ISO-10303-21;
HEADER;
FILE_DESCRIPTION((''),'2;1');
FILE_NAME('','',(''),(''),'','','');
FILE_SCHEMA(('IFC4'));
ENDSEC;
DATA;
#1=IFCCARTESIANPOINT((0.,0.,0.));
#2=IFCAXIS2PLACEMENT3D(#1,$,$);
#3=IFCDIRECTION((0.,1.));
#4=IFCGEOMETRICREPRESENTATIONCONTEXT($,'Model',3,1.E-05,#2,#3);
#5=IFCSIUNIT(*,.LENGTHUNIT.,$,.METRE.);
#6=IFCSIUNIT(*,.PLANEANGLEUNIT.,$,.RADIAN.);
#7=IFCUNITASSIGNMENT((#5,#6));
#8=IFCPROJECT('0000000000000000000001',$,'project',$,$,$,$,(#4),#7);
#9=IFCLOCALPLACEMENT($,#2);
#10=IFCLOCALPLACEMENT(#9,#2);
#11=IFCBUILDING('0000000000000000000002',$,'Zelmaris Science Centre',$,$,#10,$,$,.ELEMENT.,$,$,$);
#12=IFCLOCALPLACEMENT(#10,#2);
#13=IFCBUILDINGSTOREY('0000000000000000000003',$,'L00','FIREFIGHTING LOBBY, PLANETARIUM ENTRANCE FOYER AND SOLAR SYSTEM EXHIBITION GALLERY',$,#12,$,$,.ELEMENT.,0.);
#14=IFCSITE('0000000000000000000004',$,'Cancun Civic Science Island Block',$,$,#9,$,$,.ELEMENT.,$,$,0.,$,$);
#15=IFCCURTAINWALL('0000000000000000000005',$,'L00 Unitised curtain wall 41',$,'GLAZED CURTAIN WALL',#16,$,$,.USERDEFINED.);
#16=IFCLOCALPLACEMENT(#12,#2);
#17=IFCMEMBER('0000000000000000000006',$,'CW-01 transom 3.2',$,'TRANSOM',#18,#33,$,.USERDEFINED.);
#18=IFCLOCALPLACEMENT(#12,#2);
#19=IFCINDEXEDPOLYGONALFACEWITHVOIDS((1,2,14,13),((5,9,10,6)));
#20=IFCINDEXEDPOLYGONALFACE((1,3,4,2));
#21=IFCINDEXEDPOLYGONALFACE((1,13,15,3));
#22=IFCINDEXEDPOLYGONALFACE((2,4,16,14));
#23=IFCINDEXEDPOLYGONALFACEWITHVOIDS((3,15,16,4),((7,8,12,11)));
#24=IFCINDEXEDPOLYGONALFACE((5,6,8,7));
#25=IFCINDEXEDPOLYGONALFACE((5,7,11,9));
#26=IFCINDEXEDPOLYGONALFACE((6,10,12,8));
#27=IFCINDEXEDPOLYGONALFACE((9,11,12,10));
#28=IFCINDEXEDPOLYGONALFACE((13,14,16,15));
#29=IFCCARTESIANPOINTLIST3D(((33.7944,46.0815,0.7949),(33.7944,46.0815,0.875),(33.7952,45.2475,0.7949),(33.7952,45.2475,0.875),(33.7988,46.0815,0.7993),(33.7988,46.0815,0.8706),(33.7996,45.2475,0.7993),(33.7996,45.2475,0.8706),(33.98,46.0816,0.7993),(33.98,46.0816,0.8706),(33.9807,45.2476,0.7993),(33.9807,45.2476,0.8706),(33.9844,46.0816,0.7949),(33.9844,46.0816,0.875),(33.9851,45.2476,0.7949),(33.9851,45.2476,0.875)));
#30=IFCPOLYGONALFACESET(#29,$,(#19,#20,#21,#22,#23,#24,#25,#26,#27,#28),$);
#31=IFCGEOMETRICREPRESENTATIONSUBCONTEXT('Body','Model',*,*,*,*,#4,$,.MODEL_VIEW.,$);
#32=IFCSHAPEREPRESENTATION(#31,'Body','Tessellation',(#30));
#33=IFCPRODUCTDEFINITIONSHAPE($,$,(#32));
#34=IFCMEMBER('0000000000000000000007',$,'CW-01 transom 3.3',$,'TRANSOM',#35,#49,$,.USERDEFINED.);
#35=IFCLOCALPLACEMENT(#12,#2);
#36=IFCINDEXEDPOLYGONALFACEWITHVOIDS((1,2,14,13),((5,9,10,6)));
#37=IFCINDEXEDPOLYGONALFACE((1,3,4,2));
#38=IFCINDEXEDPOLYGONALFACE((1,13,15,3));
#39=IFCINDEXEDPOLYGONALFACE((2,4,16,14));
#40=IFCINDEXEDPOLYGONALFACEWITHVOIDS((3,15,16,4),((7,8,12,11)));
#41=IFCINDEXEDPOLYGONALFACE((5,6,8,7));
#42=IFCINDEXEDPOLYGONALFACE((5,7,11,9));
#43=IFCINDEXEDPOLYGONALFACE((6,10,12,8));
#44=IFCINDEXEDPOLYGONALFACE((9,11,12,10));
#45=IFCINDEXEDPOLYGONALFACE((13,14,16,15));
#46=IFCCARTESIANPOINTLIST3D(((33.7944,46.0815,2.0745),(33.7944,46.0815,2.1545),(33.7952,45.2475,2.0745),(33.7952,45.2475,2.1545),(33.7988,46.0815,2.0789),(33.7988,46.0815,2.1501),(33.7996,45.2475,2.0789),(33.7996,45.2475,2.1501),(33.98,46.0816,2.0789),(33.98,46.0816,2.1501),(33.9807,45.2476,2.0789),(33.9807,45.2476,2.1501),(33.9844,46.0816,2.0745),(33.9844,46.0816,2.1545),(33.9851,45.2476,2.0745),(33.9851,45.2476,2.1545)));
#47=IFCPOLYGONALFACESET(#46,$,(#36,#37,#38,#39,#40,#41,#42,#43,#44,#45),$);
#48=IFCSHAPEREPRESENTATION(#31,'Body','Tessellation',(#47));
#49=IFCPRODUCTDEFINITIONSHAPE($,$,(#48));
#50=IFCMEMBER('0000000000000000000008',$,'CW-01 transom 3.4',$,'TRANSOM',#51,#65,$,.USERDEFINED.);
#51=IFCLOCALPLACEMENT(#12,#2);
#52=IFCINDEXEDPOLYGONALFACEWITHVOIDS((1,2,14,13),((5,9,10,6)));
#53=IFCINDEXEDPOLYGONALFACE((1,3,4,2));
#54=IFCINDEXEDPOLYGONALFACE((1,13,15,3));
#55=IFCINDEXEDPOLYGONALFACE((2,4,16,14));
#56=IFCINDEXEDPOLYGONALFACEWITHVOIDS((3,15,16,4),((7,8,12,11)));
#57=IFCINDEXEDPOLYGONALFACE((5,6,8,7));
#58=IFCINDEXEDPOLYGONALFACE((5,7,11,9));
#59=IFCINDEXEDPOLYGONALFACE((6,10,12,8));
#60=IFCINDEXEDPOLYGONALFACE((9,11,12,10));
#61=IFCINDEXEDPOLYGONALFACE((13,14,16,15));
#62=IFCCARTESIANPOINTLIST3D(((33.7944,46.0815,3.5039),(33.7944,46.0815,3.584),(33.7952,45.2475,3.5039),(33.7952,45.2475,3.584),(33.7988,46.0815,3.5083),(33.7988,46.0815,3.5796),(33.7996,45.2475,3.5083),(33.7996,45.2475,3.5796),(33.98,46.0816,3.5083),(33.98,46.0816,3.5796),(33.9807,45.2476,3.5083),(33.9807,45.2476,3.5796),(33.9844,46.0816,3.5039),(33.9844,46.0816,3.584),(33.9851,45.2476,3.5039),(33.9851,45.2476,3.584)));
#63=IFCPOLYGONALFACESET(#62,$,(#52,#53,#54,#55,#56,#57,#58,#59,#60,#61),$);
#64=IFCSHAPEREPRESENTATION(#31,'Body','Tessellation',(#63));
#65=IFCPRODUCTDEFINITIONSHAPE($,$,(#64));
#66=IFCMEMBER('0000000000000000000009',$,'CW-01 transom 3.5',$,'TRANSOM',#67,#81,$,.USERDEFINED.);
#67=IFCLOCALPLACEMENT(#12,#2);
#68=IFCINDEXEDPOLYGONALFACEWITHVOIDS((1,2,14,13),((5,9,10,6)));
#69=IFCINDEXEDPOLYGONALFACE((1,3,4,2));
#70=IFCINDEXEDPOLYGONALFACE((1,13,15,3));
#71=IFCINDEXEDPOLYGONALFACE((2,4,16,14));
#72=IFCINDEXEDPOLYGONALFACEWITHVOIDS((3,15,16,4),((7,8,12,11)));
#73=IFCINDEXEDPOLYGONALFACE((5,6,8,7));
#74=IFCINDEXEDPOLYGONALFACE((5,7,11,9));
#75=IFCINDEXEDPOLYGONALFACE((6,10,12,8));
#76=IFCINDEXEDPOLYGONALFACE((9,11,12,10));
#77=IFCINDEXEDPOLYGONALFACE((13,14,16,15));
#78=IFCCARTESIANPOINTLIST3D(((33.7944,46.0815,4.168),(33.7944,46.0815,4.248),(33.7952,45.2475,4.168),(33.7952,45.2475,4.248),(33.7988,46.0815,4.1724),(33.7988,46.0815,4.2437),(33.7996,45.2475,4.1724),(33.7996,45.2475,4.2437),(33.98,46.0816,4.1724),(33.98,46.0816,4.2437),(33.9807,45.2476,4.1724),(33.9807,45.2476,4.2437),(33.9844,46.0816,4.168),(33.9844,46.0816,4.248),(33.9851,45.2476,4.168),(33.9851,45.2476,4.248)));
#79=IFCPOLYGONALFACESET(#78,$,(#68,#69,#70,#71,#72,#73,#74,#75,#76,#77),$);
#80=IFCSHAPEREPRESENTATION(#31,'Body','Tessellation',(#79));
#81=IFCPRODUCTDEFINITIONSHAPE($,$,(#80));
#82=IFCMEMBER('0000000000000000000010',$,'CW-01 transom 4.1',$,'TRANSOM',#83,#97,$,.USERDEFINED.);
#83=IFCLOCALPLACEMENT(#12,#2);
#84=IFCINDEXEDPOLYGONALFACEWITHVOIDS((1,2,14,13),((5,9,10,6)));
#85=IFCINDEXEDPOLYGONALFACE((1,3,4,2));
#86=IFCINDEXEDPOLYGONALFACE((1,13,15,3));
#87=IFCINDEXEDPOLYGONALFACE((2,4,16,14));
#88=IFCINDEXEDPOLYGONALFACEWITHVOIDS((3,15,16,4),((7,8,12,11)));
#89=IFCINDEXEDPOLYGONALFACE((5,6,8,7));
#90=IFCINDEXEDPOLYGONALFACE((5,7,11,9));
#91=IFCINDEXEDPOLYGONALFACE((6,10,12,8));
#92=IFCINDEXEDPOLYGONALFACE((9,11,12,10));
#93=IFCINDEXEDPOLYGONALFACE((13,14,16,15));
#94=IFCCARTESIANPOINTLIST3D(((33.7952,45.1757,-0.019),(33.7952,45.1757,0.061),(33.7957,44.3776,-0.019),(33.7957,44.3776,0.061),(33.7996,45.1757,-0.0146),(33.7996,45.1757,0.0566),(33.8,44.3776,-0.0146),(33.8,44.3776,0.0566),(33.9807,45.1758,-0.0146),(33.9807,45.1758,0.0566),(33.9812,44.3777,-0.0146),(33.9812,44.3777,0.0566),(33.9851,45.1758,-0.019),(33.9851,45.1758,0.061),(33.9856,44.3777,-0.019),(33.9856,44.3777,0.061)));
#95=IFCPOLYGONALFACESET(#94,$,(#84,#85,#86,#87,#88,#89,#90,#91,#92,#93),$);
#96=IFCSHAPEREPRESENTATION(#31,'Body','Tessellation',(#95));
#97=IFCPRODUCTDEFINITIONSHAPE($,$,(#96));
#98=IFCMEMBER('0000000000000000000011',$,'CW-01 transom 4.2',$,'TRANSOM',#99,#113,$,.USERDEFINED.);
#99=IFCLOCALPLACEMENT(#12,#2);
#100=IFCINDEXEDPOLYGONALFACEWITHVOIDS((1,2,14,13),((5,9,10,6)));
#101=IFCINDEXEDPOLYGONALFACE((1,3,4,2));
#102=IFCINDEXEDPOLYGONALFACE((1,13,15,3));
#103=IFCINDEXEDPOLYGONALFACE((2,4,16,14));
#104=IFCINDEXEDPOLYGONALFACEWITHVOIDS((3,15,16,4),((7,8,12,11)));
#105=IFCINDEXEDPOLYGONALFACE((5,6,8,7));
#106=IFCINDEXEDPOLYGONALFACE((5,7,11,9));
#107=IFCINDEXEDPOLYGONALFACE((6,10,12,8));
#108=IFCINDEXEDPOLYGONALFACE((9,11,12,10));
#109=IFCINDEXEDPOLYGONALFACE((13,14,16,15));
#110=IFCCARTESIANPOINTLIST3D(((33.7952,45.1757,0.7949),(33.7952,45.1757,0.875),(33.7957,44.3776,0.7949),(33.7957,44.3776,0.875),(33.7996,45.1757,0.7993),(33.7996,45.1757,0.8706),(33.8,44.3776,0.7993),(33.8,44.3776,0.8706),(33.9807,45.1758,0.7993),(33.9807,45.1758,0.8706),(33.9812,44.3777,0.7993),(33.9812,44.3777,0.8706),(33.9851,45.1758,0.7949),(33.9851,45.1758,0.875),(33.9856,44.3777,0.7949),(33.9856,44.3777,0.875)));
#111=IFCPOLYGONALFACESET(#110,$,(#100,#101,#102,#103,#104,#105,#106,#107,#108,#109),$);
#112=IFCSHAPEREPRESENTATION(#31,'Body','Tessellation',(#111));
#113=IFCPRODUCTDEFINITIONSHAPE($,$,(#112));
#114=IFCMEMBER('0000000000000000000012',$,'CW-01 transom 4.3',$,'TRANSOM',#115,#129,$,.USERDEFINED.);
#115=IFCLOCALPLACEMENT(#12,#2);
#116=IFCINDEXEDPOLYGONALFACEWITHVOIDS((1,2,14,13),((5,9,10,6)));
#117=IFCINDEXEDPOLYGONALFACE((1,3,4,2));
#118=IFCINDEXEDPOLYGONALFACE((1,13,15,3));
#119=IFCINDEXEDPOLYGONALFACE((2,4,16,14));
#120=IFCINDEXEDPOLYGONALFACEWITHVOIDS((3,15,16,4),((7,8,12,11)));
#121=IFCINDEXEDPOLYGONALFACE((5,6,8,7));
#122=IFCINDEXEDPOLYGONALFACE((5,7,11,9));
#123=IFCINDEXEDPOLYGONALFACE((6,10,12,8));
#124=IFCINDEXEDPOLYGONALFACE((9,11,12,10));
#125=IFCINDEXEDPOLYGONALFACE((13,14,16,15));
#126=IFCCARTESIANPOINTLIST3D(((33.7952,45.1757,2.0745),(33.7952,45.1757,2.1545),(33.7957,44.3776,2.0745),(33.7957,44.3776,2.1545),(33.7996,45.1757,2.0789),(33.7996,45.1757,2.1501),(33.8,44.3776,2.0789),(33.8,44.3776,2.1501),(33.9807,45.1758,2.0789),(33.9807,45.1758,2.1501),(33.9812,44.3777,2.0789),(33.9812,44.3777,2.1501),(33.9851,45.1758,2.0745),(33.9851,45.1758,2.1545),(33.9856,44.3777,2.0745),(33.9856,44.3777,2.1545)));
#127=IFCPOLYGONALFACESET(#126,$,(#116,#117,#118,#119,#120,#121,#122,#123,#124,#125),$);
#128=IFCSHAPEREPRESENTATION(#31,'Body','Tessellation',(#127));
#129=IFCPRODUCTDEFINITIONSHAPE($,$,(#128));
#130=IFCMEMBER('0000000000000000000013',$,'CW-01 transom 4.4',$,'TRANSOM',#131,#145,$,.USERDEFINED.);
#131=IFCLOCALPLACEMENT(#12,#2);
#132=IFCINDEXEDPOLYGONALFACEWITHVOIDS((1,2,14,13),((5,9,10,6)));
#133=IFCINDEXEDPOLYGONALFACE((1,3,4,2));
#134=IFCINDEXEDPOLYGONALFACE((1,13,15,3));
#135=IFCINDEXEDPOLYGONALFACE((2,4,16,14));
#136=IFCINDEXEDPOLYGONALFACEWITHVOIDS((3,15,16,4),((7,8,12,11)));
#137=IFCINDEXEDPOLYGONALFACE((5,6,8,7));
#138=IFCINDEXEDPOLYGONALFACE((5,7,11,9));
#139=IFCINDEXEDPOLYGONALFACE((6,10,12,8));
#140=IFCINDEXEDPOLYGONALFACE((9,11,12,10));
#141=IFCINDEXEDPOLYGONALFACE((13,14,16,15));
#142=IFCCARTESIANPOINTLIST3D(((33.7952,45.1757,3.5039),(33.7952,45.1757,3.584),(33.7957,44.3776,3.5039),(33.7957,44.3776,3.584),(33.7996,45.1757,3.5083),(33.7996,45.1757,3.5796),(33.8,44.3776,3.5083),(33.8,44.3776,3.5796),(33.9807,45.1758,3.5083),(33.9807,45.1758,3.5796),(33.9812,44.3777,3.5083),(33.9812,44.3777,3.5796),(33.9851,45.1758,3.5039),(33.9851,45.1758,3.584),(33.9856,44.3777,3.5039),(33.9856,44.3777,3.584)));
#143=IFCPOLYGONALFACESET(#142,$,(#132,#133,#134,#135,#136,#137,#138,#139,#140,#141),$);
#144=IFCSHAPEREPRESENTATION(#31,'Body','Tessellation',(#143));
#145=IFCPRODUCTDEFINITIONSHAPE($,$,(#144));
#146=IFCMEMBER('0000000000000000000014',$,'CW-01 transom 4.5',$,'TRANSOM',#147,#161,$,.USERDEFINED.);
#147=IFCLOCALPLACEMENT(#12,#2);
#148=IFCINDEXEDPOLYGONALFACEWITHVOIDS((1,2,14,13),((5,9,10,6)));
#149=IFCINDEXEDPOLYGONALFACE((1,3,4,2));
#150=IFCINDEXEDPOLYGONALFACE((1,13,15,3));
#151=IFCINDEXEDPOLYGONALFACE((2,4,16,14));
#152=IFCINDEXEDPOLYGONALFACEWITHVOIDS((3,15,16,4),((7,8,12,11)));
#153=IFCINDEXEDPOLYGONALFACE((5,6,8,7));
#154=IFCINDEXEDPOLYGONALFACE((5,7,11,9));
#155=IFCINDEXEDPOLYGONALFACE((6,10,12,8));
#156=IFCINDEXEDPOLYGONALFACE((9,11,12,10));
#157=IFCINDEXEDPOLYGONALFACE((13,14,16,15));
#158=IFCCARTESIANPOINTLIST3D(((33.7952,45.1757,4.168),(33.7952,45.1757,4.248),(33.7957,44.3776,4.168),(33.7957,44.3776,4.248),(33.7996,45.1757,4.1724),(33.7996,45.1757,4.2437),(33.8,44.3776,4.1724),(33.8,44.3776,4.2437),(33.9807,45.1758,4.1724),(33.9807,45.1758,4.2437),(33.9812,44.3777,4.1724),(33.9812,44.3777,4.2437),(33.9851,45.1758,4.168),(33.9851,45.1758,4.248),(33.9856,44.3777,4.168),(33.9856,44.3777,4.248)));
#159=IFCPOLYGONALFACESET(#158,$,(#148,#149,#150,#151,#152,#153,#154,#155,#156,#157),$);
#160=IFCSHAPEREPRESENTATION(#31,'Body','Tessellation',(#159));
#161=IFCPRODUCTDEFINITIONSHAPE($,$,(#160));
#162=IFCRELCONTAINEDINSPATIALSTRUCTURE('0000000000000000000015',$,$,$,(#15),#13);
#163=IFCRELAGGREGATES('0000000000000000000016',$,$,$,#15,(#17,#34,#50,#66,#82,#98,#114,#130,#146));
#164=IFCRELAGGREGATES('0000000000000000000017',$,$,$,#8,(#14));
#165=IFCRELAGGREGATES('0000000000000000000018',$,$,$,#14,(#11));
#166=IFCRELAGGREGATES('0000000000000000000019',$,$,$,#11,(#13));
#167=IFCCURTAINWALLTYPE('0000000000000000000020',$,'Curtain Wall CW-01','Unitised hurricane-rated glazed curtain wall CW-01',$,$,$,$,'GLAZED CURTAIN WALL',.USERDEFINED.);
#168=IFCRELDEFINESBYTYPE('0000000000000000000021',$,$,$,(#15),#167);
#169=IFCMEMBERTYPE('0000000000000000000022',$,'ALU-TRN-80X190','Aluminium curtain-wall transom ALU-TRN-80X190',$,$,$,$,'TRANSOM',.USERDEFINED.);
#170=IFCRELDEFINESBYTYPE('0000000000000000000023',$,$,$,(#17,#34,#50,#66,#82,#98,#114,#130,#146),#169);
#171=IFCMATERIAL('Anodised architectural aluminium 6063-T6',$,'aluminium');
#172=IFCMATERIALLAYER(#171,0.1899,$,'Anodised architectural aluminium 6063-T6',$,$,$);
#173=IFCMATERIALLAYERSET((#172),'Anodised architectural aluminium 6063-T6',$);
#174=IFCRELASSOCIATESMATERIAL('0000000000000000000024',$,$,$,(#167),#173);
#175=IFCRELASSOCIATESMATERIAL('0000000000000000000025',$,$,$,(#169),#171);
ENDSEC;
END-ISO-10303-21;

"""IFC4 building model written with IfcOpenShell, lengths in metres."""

from ifc_helpers import new_model, si_unit, direction, frame, origin, origin_2d, place, context, subcontext, project, spatial, hollow_rectangle, extrude, material, layer, layer_set, material_profile, profile_set, type_object, element, aggregate, save


model = new_model("IFC4")

# Units and contexts
model_context = context("Model", 3, precision=1e-05, world=origin(), true_north=direction((0.0, 1.0)))
body_context = subcontext(model_context, "Body", "Model", "MODEL_VIEW")
ifc_project = project(units=[si_unit("LENGTHUNIT", "METRE"), si_unit("PLANEANGLEUNIT", "RADIAN")], contexts=[model_context])

# Site, building, storey
site_placement = place(None, origin())
site = spatial("IfcSite", under=ifc_project, at=site_placement, Name="Cancun Civic Science Island Block", CompositionType="ELEMENT", RefElevation=0.0)
building_placement = place(site_placement, origin())
building = spatial("IfcBuilding", under=site, at=building_placement, Name="Zelmaris Science Centre", CompositionType="ELEMENT")
storey_placement = place(building_placement, origin())
storey = spatial("IfcBuildingStorey", under=building, at=storey_placement, Name="L00", Description="FIREFIGHTING LOBBY, PLANETARIUM ENTRANCE FOYER AND SOLAR SYSTEM EXHIBITION GALLERY", CompositionType="ELEMENT", Elevation=0.0)

# Curtain wall
ifc_material_1 = material(Name="Anodised architectural aluminium 6063-T6", Category="aluminium")
ifc_layer_1 = layer(ifc_material_1, 0.1899, Name="Anodised architectural aluminium 6063-T6")
ifc_layer_set_1 = layer_set([ifc_layer_1], Name="Anodised architectural aluminium 6063-T6")
curtain_wall_type_1 = type_object("IfcCurtainWallType", Name="Curtain Wall CW-01", Description="Unitised hurricane-rated glazed curtain wall CW-01", ElementType="GLAZED CURTAIN WALL", PredefinedType="USERDEFINED", material=ifc_layer_set_1)
curtain_wall_1_placement = place(storey_placement, origin())
curtain_wall_1 = element("IfcCurtainWall", 1, at=curtain_wall_1_placement, inside=storey, type_object=curtain_wall_type_1, Name="L00 Unitised curtain wall 41", ObjectType="GLAZED CURTAIN WALL", PredefinedType="USERDEFINED")

# Members
ifc_material_profile_1 = material_profile(ifc_material_1, hollow_rectangle(XDim=0.0801, YDim=0.1899, WallThickness=0.0044, at=origin_2d()), Name="ALU-TRN-80X190")
ifc_profile_set_1 = profile_set([ifc_material_profile_1], Name="Anodised architectural aluminium 6063-T6")
member_type_1 = type_object("IfcMemberType", Name="ALU-TRN-80X190", Description="Aluminium curtain-wall transom ALU-TRN-80X190", ElementType="TRANSOM", PredefinedType="USERDEFINED", material=ifc_profile_set_1)
member_1_placement = place(storey_placement, frame((33.8894, 46.0815, 0.835), z_axis=(0.000878, -1.0, 0.0), x_axis=(0.0, 0.0, 1.0)))
member_1 = element("IfcMember", 2, at=member_1_placement, type_object=member_type_1, Name="CW-01 transom 3.2", ObjectType="TRANSOM", PredefinedType="USERDEFINED", context=body_context, shape_type="SweptSolid", body=[
    extrude(hollow_rectangle(XDim=0.0801, YDim=0.1899, WallThickness=0.0044, at=origin_2d()), origin(), (0.0, 0.0, 1.0), 0.834),
])
member_2_placement = place(storey_placement, frame((33.8894, 46.0815, 2.1145), z_axis=(0.000878, -1.0, 0.0), x_axis=(0.0, 0.0, 1.0)))
member_2 = element("IfcMember", 3, at=member_2_placement, type_object=member_type_1, Name="CW-01 transom 3.3", ObjectType="TRANSOM", PredefinedType="USERDEFINED", context=body_context, shape_type="SweptSolid", body=[
    extrude(hollow_rectangle(XDim=0.0801, YDim=0.1899, WallThickness=0.0044, at=origin_2d()), origin(), (0.0, 0.0, 1.0), 0.834),
])
member_3_placement = place(storey_placement, frame((33.8894, 46.0815, 3.5439), z_axis=(0.000878, -1.0, 0.0), x_axis=(0.0, 0.0, 1.0)))
member_3 = element("IfcMember", 4, at=member_3_placement, type_object=member_type_1, Name="CW-01 transom 3.4", ObjectType="TRANSOM", PredefinedType="USERDEFINED", context=body_context, shape_type="SweptSolid", body=[
    extrude(hollow_rectangle(XDim=0.0801, YDim=0.1899, WallThickness=0.0044, at=origin_2d()), origin(), (0.0, 0.0, 1.0), 0.834),
])
member_4_placement = place(storey_placement, frame((33.8894, 46.0815, 4.208), z_axis=(0.000878, -1.0, 0.0), x_axis=(0.0, 0.0, 1.0)))
member_4 = element("IfcMember", 5, at=member_4_placement, type_object=member_type_1, Name="CW-01 transom 3.5", ObjectType="TRANSOM", PredefinedType="USERDEFINED", context=body_context, shape_type="SweptSolid", body=[
    extrude(hollow_rectangle(XDim=0.0801, YDim=0.1899, WallThickness=0.0044, at=origin_2d()), origin(), (0.0, 0.0, 1.0), 0.834),
])
member_5_placement = place(storey_placement, frame((33.8901, 45.1758, 0.021), z_axis=(0.000612, -1.0, 0.0), x_axis=(0.0, 0.0, 1.0)))
member_5 = element("IfcMember", 6, at=member_5_placement, type_object=member_type_1, Name="CW-01 transom 4.1", ObjectType="TRANSOM", PredefinedType="USERDEFINED", context=body_context, shape_type="SweptSolid", body=[
    extrude(hollow_rectangle(XDim=0.0801, YDim=0.1899, WallThickness=0.0044, at=origin_2d()), origin(), (0.0, 0.0, 1.0), 0.7981),
])
member_6_placement = place(storey_placement, frame((33.8901, 45.1758, 0.835), z_axis=(0.000612, -1.0, 0.0), x_axis=(0.0, 0.0, 1.0)))
member_6 = element("IfcMember", 7, at=member_6_placement, type_object=member_type_1, Name="CW-01 transom 4.2", ObjectType="TRANSOM", PredefinedType="USERDEFINED", context=body_context, shape_type="SweptSolid", body=[
    extrude(hollow_rectangle(XDim=0.0801, YDim=0.1899, WallThickness=0.0044, at=origin_2d()), origin(), (0.0, 0.0, 1.0), 0.7981),
])
member_7_placement = place(storey_placement, frame((33.8901, 45.1758, 2.1145), z_axis=(0.000612, -1.0, 0.0), x_axis=(0.0, 0.0, 1.0)))
member_7 = element("IfcMember", 8, at=member_7_placement, type_object=member_type_1, Name="CW-01 transom 4.3", ObjectType="TRANSOM", PredefinedType="USERDEFINED", context=body_context, shape_type="SweptSolid", body=[
    extrude(hollow_rectangle(XDim=0.0801, YDim=0.1899, WallThickness=0.0044, at=origin_2d()), origin(), (0.0, 0.0, 1.0), 0.7981),
])
member_8_placement = place(storey_placement, frame((33.8901, 45.1758, 3.5439), z_axis=(0.000612, -1.0, 0.0), x_axis=(0.0, 0.0, 1.0)))
member_8 = element("IfcMember", 9, at=member_8_placement, type_object=member_type_1, Name="CW-01 transom 4.4", ObjectType="TRANSOM", PredefinedType="USERDEFINED", context=body_context, shape_type="SweptSolid", body=[
    extrude(hollow_rectangle(XDim=0.0801, YDim=0.1899, WallThickness=0.0044, at=origin_2d()), origin(), (0.0, 0.0, 1.0), 0.7981),
])
member_9_placement = place(storey_placement, frame((33.8901, 45.1758, 4.208), z_axis=(0.000612, -1.0, 0.0), x_axis=(0.0, 0.0, 1.0)))
member_9 = element("IfcMember", 10, at=member_9_placement, type_object=member_type_1, Name="CW-01 transom 4.5", ObjectType="TRANSOM", PredefinedType="USERDEFINED", context=body_context, shape_type="SweptSolid", body=[
    extrude(hollow_rectangle(XDim=0.0801, YDim=0.1899, WallThickness=0.0044, at=origin_2d()), origin(), (0.0, 0.0, 1.0), 0.7981),
])

aggregate(curtain_wall_1, [member_1, member_2, member_3, member_4, member_5, member_6, member_7, member_8, member_9])

save(model, "model.ifc")
